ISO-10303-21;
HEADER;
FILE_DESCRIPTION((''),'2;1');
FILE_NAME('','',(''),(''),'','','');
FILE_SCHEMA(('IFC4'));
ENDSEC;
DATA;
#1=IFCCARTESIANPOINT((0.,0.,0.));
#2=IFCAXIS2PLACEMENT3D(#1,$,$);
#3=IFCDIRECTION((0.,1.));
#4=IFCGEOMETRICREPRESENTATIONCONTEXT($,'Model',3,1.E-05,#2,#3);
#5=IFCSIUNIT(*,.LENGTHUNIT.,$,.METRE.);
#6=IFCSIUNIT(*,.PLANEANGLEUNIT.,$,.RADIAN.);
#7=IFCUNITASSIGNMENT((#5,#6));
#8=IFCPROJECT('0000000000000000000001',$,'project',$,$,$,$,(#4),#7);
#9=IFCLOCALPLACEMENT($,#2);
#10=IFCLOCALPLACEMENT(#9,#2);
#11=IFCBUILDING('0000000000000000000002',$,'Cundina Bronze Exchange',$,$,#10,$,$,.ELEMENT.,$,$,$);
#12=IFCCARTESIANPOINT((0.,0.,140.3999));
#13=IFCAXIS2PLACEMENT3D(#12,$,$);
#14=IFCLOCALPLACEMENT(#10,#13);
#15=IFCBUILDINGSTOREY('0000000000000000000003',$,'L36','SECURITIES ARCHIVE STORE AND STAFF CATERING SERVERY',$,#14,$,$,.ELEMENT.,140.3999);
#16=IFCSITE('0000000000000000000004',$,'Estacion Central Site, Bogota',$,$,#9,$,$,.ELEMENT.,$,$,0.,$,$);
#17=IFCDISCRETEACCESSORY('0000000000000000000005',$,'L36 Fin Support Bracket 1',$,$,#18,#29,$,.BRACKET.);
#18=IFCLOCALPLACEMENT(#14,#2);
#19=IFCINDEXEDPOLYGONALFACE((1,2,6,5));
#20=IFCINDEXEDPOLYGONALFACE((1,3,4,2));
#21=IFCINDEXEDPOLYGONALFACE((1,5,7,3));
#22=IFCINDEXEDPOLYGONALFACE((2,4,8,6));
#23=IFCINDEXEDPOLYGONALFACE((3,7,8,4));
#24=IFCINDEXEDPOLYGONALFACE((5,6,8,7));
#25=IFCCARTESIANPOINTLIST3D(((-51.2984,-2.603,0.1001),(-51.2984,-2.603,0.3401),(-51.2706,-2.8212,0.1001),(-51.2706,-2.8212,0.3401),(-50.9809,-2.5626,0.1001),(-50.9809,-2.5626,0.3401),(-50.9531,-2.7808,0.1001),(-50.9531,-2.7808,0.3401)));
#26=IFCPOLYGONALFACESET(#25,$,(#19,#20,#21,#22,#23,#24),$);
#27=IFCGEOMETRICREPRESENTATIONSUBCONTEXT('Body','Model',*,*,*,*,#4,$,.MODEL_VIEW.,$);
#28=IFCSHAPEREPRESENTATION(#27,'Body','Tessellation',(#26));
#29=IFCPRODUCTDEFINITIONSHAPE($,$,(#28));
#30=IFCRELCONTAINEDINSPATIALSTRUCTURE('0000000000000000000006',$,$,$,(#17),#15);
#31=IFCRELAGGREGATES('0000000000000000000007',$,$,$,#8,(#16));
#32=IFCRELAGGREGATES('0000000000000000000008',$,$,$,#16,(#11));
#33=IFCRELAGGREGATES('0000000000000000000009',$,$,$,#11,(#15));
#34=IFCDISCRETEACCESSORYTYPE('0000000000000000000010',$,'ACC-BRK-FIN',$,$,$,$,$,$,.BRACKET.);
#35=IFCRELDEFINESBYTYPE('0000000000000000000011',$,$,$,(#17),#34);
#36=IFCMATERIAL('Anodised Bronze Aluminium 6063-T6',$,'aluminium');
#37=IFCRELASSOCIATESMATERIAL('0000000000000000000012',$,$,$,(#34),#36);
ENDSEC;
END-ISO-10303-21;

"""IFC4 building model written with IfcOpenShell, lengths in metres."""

from ifc_helpers import new_model, si_unit, direction, frame, origin, origin_2d, place, context, subcontext, project, spatial, rectangle, extrude, material, type_object, element, save


model = new_model("IFC4")

# Units and contexts
model_context = context("Model", 3, precision=1e-05, world=origin(), true_north=direction((0.0, 1.0)))
body_context = subcontext(model_context, "Body", "Model", "MODEL_VIEW")
ifc_project = project(units=[si_unit("LENGTHUNIT", "METRE"), si_unit("PLANEANGLEUNIT", "RADIAN")], contexts=[model_context])

# Site, building, storey
site_placement = place(None, origin())
site = spatial("IfcSite", under=ifc_project, at=site_placement, Name="Estacion Central Site, Bogota", CompositionType="ELEMENT", RefElevation=0.0)
building_placement = place(site_placement, origin())
building = spatial("IfcBuilding", under=site, at=building_placement, Name="Cundina Bronze Exchange", CompositionType="ELEMENT")
storey_placement = place(building_placement, frame((0.0, 0.0, 140.3999)))
storey = spatial("IfcBuildingStorey", under=building, at=storey_placement, Name="L36", Description="SECURITIES ARCHIVE STORE AND STAFF CATERING SERVERY", CompositionType="ELEMENT", Elevation=140.3999)

# Shared definitions
ifc_material_1 = material(Name="Anodised Bronze Aluminium 6063-T6", Category="aluminium")

# Discrete accessory
discrete_accessory_type = type_object("IfcDiscreteAccessoryType", Name="ACC-BRK-FIN", PredefinedType="BRACKET", material=ifc_material_1)
discrete_accessory_placement = place(storey_placement, frame((-51.1257, -2.6919, 0.1001), z_axis=(0.0, 0.0, 1.0), x_axis=(0.126476, -0.99197, 0.0)))
element("IfcDiscreteAccessory", 1, at=discrete_accessory_placement, inside=storey, type_object=discrete_accessory_type, Name="L36 Fin Support Bracket 1", PredefinedType="BRACKET", context=body_context, shape_type="SweptSolid", body=[
    extrude(rectangle(XDim=0.22, YDim=0.3201, at=origin_2d()), origin(), (0.0, 0.0, 1.0), 0.24),
])

save(model, "model.ifc")
